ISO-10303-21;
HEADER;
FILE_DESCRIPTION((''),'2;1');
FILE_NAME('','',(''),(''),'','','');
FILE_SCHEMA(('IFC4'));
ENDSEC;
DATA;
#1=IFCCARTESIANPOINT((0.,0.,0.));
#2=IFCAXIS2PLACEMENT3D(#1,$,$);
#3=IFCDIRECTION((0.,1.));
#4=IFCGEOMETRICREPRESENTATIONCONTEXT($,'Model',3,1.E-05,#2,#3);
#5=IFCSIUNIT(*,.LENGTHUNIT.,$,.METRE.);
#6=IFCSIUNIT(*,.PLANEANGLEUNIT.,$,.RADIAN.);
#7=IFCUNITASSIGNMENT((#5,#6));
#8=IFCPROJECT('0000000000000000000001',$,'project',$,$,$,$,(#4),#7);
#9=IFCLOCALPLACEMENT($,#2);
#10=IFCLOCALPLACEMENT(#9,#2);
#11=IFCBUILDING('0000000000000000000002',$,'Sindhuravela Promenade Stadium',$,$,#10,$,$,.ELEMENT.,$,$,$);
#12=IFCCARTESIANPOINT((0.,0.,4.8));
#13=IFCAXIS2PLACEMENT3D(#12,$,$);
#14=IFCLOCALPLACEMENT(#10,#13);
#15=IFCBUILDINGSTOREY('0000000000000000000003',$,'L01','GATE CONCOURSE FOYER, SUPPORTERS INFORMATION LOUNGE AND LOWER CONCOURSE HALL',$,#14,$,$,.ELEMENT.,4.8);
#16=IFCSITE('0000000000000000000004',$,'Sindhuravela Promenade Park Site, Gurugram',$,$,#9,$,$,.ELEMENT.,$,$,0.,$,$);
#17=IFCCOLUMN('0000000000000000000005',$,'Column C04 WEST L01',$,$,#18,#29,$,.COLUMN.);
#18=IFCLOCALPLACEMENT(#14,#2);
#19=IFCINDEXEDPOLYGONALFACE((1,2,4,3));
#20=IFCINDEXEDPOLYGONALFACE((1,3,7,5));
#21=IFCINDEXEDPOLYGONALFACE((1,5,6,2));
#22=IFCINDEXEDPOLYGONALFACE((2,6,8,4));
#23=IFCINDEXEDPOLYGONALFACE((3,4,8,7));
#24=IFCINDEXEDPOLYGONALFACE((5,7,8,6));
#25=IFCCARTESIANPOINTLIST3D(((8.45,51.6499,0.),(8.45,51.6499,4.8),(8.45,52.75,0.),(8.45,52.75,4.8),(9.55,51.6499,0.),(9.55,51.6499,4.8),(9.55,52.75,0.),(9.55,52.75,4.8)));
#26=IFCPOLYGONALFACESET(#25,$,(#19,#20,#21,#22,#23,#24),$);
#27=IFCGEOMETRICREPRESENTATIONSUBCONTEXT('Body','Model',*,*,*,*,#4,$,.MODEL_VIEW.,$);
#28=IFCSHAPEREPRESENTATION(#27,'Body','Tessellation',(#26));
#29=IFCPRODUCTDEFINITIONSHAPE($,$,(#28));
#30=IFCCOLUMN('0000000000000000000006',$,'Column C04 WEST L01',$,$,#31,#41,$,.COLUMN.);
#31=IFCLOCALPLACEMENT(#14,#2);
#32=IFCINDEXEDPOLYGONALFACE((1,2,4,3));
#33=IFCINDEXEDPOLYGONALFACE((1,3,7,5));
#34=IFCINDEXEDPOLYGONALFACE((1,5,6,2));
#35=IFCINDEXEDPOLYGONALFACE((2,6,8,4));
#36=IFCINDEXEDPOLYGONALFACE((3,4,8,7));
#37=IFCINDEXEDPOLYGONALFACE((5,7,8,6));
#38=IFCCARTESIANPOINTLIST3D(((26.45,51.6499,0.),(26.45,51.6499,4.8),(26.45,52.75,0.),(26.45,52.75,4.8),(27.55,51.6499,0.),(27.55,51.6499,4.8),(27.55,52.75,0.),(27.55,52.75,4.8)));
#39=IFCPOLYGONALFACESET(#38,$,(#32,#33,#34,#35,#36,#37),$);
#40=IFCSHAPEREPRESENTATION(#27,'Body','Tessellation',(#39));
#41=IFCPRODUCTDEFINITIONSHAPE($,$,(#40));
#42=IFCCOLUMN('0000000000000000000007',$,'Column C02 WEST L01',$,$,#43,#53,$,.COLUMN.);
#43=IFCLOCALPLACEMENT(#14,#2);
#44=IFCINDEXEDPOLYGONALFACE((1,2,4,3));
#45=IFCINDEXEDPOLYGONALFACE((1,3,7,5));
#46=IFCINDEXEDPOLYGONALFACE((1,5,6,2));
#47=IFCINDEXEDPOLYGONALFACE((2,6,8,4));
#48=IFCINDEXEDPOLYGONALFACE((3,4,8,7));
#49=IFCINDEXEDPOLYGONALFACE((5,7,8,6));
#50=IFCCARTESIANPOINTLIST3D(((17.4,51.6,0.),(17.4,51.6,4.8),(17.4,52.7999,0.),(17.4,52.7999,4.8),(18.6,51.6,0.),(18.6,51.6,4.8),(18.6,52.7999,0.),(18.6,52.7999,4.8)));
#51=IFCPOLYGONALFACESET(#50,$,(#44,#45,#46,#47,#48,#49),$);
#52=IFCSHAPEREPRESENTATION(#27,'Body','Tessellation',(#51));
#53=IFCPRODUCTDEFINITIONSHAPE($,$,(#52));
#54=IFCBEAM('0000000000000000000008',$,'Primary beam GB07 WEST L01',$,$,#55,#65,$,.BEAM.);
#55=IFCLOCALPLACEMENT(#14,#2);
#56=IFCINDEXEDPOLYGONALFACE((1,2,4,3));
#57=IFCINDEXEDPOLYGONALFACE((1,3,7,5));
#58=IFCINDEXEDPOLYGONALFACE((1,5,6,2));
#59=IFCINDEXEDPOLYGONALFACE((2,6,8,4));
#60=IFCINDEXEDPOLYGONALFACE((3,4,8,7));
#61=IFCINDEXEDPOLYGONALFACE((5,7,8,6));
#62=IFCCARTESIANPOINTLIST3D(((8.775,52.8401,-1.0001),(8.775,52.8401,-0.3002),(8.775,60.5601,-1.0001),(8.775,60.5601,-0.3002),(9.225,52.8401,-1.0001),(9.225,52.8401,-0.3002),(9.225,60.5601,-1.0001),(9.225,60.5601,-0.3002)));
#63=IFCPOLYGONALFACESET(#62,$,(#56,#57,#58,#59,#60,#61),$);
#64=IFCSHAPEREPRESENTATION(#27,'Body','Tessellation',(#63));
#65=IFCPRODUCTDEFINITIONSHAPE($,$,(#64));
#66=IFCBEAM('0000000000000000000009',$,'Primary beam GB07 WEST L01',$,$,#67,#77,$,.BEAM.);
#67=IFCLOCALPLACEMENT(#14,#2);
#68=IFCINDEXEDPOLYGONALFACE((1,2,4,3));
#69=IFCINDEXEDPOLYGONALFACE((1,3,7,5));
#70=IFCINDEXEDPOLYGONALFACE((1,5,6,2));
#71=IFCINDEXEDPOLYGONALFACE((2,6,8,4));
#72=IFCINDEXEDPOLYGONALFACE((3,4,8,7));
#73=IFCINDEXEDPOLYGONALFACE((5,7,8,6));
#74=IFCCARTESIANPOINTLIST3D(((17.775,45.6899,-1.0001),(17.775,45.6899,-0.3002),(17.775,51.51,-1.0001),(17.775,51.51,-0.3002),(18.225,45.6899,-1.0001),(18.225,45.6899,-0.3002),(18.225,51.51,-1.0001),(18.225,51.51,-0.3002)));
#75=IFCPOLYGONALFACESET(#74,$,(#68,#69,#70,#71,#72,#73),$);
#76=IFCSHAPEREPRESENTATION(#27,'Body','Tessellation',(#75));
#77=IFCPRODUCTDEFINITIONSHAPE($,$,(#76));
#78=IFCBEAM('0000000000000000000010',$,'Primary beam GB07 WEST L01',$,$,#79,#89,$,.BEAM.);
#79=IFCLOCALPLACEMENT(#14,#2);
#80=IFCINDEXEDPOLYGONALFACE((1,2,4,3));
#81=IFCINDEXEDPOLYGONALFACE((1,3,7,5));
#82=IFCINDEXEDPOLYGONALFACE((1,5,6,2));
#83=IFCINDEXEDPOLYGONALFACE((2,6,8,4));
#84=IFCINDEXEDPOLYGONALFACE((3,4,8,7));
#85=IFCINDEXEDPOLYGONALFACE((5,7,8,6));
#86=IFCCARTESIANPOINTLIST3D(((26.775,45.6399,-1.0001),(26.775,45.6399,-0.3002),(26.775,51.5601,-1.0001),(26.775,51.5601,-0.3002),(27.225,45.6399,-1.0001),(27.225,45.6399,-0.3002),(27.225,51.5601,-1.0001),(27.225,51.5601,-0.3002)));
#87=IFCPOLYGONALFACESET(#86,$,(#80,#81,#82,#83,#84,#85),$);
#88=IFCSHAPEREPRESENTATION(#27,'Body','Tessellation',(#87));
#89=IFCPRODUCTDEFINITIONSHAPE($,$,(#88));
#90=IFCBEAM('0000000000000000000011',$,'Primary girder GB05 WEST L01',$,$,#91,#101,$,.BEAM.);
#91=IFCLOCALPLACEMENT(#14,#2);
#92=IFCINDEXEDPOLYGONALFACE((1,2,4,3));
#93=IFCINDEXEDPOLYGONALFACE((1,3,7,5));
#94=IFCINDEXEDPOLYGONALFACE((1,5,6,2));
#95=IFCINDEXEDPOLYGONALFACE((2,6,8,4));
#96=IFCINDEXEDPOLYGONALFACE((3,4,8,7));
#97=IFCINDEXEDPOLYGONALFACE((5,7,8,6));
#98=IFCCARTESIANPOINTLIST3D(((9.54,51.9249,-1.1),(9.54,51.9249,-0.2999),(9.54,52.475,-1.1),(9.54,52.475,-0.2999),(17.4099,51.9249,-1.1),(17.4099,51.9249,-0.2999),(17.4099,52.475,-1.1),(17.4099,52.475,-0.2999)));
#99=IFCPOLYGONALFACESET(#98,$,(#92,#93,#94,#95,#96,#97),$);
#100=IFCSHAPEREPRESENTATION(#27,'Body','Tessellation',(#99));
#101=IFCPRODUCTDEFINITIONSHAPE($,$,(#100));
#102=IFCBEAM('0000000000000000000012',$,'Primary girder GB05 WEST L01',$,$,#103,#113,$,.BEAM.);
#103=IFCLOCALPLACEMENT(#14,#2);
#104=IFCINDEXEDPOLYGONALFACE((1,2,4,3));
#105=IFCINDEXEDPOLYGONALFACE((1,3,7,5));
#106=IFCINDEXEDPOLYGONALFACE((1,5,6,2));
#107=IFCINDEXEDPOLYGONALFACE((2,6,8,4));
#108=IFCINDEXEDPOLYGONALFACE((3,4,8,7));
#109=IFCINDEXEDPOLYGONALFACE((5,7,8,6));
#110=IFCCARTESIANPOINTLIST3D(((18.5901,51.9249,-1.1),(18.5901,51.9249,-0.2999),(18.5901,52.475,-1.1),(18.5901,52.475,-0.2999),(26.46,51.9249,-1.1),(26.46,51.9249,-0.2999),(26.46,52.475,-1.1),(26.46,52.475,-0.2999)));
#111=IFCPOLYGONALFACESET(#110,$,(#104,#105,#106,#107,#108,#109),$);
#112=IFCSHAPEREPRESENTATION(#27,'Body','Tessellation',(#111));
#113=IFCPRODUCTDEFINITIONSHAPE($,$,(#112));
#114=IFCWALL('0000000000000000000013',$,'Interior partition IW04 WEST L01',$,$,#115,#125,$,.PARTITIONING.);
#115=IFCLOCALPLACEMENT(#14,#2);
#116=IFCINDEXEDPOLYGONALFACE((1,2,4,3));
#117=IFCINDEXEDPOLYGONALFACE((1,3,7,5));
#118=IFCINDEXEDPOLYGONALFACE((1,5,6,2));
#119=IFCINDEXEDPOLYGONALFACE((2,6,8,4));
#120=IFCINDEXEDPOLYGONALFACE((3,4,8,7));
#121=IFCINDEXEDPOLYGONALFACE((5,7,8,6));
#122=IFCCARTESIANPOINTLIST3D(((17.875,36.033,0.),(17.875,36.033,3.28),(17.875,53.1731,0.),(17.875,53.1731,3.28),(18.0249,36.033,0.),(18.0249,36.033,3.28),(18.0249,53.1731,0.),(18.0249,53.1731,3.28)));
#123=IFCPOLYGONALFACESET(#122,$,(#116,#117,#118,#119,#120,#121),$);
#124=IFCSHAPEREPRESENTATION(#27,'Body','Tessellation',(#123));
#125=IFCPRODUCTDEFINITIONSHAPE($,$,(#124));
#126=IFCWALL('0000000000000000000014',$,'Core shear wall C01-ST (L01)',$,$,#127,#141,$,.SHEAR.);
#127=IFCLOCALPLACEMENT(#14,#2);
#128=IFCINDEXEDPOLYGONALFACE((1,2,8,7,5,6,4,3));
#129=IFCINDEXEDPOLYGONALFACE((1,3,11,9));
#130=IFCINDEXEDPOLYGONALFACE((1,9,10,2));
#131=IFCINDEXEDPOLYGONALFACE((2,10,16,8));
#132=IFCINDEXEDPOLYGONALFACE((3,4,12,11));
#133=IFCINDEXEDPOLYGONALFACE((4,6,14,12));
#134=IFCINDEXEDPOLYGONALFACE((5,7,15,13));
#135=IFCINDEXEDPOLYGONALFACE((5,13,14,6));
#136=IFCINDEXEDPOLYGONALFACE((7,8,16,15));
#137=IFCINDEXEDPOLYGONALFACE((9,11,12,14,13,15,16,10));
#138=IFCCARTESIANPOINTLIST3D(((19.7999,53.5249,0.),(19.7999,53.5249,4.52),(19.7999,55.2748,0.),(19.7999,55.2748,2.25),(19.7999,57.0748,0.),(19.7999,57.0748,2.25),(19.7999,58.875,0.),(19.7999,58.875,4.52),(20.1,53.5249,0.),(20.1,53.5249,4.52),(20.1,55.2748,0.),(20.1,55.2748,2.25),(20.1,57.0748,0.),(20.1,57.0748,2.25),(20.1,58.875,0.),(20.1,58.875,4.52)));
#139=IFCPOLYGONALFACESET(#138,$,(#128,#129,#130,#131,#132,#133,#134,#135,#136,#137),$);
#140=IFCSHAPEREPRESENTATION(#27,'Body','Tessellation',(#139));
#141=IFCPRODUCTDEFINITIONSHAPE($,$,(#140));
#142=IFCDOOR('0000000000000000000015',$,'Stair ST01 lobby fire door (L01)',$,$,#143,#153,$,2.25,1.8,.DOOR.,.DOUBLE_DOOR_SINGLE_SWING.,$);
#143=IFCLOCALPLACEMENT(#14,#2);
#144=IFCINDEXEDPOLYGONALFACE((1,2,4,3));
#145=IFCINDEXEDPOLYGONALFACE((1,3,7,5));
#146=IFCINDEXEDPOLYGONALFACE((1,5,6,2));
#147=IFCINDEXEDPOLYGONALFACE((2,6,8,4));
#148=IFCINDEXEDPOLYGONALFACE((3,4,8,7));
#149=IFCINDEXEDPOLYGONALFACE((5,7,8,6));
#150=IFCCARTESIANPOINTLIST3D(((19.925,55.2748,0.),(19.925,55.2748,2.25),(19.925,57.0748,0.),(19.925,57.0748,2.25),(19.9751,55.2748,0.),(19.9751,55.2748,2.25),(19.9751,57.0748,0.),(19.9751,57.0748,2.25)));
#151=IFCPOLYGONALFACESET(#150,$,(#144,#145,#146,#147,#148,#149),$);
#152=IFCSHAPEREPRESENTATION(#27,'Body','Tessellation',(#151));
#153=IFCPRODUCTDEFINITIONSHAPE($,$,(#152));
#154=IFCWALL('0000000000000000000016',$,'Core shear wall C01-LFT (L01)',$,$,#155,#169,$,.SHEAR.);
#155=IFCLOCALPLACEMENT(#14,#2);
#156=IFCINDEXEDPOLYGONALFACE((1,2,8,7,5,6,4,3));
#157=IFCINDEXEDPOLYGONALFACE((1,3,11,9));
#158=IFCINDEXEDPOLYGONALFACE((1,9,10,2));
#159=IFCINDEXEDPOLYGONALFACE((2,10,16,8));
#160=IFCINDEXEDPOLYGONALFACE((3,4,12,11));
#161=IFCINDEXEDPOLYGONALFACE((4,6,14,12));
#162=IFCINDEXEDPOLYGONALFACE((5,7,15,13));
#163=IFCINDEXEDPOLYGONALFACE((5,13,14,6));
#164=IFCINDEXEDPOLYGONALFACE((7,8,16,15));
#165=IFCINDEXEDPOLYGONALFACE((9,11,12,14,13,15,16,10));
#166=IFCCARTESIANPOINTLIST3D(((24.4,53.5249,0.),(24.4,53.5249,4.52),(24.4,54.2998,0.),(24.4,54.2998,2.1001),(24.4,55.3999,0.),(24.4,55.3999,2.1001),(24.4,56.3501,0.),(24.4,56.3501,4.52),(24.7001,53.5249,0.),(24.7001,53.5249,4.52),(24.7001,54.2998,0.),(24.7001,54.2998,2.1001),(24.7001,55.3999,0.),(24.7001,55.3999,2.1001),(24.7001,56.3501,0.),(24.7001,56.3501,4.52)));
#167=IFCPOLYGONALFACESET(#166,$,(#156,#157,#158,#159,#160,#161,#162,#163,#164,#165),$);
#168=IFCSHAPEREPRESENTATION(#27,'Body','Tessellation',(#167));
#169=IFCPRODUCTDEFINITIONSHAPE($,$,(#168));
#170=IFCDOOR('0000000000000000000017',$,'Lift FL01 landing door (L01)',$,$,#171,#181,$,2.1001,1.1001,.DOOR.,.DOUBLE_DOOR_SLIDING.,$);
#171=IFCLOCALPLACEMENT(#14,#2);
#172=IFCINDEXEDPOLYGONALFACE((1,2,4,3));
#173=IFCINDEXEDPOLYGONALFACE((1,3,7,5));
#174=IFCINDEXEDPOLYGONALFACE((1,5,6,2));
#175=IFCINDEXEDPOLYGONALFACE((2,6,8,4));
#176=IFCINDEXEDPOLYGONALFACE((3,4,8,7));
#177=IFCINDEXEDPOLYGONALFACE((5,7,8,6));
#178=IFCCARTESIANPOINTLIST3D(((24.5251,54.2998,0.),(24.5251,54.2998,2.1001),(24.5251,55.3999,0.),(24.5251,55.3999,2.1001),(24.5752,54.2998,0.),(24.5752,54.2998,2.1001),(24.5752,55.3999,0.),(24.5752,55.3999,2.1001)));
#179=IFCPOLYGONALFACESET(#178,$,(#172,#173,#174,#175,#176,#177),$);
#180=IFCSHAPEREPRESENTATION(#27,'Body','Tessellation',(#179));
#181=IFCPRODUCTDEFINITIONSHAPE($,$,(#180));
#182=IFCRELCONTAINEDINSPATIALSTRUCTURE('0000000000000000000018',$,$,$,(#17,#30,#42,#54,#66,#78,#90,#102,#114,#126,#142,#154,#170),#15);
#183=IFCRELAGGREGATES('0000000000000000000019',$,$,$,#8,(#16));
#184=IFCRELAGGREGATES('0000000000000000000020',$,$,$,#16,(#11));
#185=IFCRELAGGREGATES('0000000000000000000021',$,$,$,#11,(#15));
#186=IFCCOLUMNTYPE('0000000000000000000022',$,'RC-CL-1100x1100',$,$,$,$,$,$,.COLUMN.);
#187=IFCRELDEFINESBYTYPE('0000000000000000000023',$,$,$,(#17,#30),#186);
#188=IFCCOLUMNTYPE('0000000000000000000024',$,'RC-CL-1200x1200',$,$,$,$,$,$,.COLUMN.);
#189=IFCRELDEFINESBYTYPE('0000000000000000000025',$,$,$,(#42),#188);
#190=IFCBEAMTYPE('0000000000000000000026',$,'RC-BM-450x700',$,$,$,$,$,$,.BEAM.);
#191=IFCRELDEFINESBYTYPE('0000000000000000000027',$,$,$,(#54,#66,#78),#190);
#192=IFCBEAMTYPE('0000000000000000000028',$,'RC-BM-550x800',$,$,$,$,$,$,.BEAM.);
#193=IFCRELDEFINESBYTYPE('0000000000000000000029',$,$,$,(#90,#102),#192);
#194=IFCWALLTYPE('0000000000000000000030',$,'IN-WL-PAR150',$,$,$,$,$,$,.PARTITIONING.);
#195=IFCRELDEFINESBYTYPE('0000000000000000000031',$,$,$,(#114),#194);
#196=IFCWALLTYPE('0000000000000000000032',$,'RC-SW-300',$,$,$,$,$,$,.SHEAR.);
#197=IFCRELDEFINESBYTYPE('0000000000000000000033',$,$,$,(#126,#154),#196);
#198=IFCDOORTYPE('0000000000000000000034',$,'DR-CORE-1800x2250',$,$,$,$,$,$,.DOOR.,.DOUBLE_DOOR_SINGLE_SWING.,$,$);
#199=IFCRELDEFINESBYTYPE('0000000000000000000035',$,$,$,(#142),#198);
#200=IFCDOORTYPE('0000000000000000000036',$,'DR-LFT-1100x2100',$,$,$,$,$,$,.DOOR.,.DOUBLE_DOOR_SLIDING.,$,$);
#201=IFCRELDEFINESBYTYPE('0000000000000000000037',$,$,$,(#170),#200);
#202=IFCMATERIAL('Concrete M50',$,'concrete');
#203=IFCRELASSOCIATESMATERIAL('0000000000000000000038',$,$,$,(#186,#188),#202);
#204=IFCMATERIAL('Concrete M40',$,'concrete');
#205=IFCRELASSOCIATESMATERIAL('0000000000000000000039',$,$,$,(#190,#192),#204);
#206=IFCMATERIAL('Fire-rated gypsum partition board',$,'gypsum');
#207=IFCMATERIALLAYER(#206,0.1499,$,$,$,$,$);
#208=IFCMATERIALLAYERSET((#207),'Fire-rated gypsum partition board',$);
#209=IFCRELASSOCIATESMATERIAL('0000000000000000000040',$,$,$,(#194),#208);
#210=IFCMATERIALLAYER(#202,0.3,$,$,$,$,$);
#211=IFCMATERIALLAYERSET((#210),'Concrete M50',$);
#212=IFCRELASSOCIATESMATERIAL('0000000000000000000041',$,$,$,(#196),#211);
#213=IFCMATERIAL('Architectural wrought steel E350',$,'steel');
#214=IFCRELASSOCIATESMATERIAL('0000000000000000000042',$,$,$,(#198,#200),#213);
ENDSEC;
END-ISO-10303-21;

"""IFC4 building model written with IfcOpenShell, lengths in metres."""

from ifc_helpers import new_model, si_unit, direction, frame, frame_2d, origin, origin_2d, place, context, subcontext, project, spatial, rectangle, extrude, material, layer, layer_set, material_profile, profile_set, type_object, element, fill, save


model = new_model("IFC4")

# Units and contexts
model_context = context("Model", 3, precision=1e-05, world=origin(), true_north=direction((0.0, 1.0)))
body_context = subcontext(model_context, "Body", "Model", "MODEL_VIEW")
ifc_project = project(units=[si_unit("LENGTHUNIT", "METRE"), si_unit("PLANEANGLEUNIT", "RADIAN")], contexts=[model_context])

# Site, building, storey
site_placement = place(None, origin())
site = spatial("IfcSite", under=ifc_project, at=site_placement, Name="Sindhuravela Promenade Park Site, Gurugram", CompositionType="ELEMENT", RefElevation=0.0)
building_placement = place(site_placement, origin())
building = spatial("IfcBuilding", under=site, at=building_placement, Name="Sindhuravela Promenade Stadium", CompositionType="ELEMENT")
storey_placement = place(building_placement, frame((0.0, 0.0, 4.8)))
storey = spatial("IfcBuildingStorey", under=building, at=storey_placement, Name="L01", Description="GATE CONCOURSE FOYER, SUPPORTERS INFORMATION LOUNGE AND LOWER CONCOURSE HALL", CompositionType="ELEMENT", Elevation=4.8)

# Columns
ifc_material_1 = material(Name="Concrete M50", Category="concrete")
ifc_material_profile_1 = material_profile(ifc_material_1, rectangle(XDim=1.1001, YDim=1.1001, at=origin_2d()), Name="RC 1100x1100")
ifc_profile_set_1 = profile_set([ifc_material_profile_1], Name="Concrete M50")
column_type_1 = type_object("IfcColumnType", Name="RC-CL-1100x1100", PredefinedType="COLUMN", material=ifc_profile_set_1)
for number, where, z_axis, x_axis, name in (
    (1, (9.0, 52.2, 0.0), (0.0, 0.0, 1.0), (1.0, 0.0, 0.0), "Column C04 WEST L01"),
    (2, (27.0, 52.2, 0.0), (0.0, 0.0, 1.0), (1.0, 0.0, 0.0), "Column C04 WEST L01"),
):
    element("IfcColumn", number, at=place(storey_placement, frame(where, z_axis=z_axis, x_axis=x_axis)), inside=storey, type_object=column_type_1, Name=name, PredefinedType="COLUMN", context=body_context, shape_type="SweptSolid", body=[
        extrude(rectangle(XDim=1.1001, YDim=1.1001, at=origin_2d()), origin(), (0.0, 0.0, 1.0), 4.8),
    ])
ifc_material_profile_2 = material_profile(ifc_material_1, rectangle(XDim=1.2, YDim=1.2, at=origin_2d()), Name="RC 1200x1200")
ifc_profile_set_2 = profile_set([ifc_material_profile_2], Name="Concrete M50")
column_type_2 = type_object("IfcColumnType", Name="RC-CL-1200x1200", PredefinedType="COLUMN", material=ifc_profile_set_2)
column_placement = place(storey_placement, frame((18.0, 52.2, 0.0), z_axis=(0.0, 0.0, 1.0), x_axis=(1.0, 0.0, 0.0)))
element("IfcColumn", 3, at=column_placement, inside=storey, type_object=column_type_2, Name="Column C02 WEST L01", PredefinedType="COLUMN", context=body_context, shape_type="SweptSolid", body=[
    extrude(rectangle(XDim=1.2, YDim=1.2, at=origin_2d()), origin(), (0.0, 0.0, 1.0), 4.8),
])

# Beams
ifc_material_2 = material(Name="Concrete M40", Category="concrete")
ifc_material_profile_3 = material_profile(ifc_material_2, rectangle(XDim=0.45, YDim=0.7, at=origin_2d()), Name="RC 450x700")
ifc_profile_set_3 = profile_set([ifc_material_profile_3], Name="Concrete M40")
beam_type_1 = type_object("IfcBeamType", Name="RC-BM-450x700", PredefinedType="BEAM", material=ifc_profile_set_3)
beam_1_placement = place(storey_placement, frame((9.0, 52.8401, -0.6501), z_axis=(0.0, 1.0, 0.0), x_axis=(-1.0, 0.0, 0.0)))
element("IfcBeam", 4, at=beam_1_placement, inside=storey, type_object=beam_type_1, Name="Primary beam GB07 WEST L01", PredefinedType="BEAM", context=body_context, shape_type="SweptSolid", body=[
    extrude(rectangle(XDim=0.45, YDim=0.7, at=origin_2d()), origin(), (0.0, 0.0, 1.0), 7.72),
])
beam_2_placement = place(storey_placement, frame((18.0, 45.6899, -0.6501), z_axis=(0.0, 1.0, 0.0), x_axis=(-1.0, 0.0, 0.0)))
element("IfcBeam", 5, at=beam_2_placement, inside=storey, type_object=beam_type_1, Name="Primary beam GB07 WEST L01", PredefinedType="BEAM", context=body_context, shape_type="SweptSolid", body=[
    extrude(rectangle(XDim=0.45, YDim=0.7, at=origin_2d()), origin(), (0.0, 0.0, 1.0), 5.8201),
])
beam_3_placement = place(storey_placement, frame((27.0, 45.6399, -0.6501), z_axis=(0.0, 1.0, 0.0), x_axis=(-1.0, 0.0, 0.0)))
element("IfcBeam", 6, at=beam_3_placement, inside=storey, type_object=beam_type_1, Name="Primary beam GB07 WEST L01", PredefinedType="BEAM", context=body_context, shape_type="SweptSolid", body=[
    extrude(rectangle(XDim=0.45, YDim=0.7, at=origin_2d()), origin(), (0.0, 0.0, 1.0), 5.9202),
])
ifc_material_profile_4 = material_profile(ifc_material_2, rectangle(XDim=0.55, YDim=0.8, at=origin_2d()), Name="RC 550x800")
ifc_profile_set_4 = profile_set([ifc_material_profile_4], Name="Concrete M40")
beam_type_2 = type_object("IfcBeamType", Name="RC-BM-550x800", PredefinedType="BEAM", material=ifc_profile_set_4)
for number, where, z_axis, x_axis, name in (
    (7, (9.54, 52.2, -0.7), (1.0, 0.0, 0.0), (0.0, 1.0, 0.0), "Primary girder GB05 WEST L01"),
    (8, (18.5901, 52.2, -0.7), (1.0, 0.0, 0.0), (0.0, 1.0, 0.0), "Primary girder GB05 WEST L01"),
):
    element("IfcBeam", number, at=place(storey_placement, frame(where, z_axis=z_axis, x_axis=x_axis)), inside=storey, type_object=beam_type_2, Name=name, PredefinedType="BEAM", context=body_context, shape_type="SweptSolid", body=[
        extrude(rectangle(XDim=0.55, YDim=0.8, at=origin_2d()), origin(), (0.0, 0.0, 1.0), 7.8699),
    ])

# Wall
ifc_material_3 = material(Name="Fire-rated gypsum partition board", Category="gypsum")
ifc_layer_1 = layer(ifc_material_3, 0.1499)
ifc_layer_set_1 = layer_set([ifc_layer_1], Name="Fire-rated gypsum partition board")
wall_type_1 = type_object("IfcWallType", Name="IN-WL-PAR150", PredefinedType="PARTITIONING", material=ifc_layer_set_1)
wall_1_placement = place(storey_placement, frame((17.95, 53.1731, 0.0), z_axis=(0.0, 0.0, 1.0), x_axis=(0.0, -1.0, 0.0)))
element("IfcWall", 9, at=wall_1_placement, inside=storey, type_object=wall_type_1, Name="Interior partition IW04 WEST L01", PredefinedType="PARTITIONING", context=body_context, shape_type="SweptSolid", body=[
    extrude(rectangle(XDim=17.1401, YDim=0.1499, at=frame_2d((8.5701, 0.0))), origin(), (0.0, 0.0, 1.0), 3.28),
])

# Walls, openings, doors
ifc_layer_2 = layer(ifc_material_1, 0.3)
ifc_layer_set_2 = layer_set([ifc_layer_2], Name="Concrete M50")
wall_type_2 = type_object("IfcWallType", Name="RC-SW-300", PredefinedType="SHEAR", material=ifc_layer_set_2)
wall_2_placement = place(storey_placement, frame((19.95, 53.5249, 0.0), z_axis=(0.0, 0.0, 1.0), x_axis=(0.0, 1.0, 0.0)))
wall_2 = element("IfcWall", 10, at=wall_2_placement, inside=storey, type_object=wall_type_2, Name="Core shear wall C01-ST (L01)", PredefinedType="SHEAR", context=body_context, shape_type="SweptSolid", body=[
    extrude(rectangle(XDim=5.3501, YDim=0.3, at=frame_2d((2.675, 0.0))), origin(), (0.0, 0.0, 1.0), 4.52),
])
opening_1_placement = place(wall_2_placement, frame((1.75, 0.0, 0.0)))
opening_1 = element("IfcOpeningElement", 11, at=opening_1_placement, cuts=wall_2, PredefinedType="OPENING", context=body_context, shape_type="SweptSolid", body=[
    extrude(rectangle(XDim=1.8, YDim=2.25, at=frame_2d((0.8999, 1.125))), frame((0.0, 0.1599, 0.0), z_axis=(0.0, -1.0, 0.0), x_axis=(1.0, 0.0, 0.0)), (0.0, 0.0, 1.0), 0.3201),
])
ifc_material_4 = material(Name="Architectural wrought steel E350", Category="steel")
door_type_1 = type_object("IfcDoorType", Name="DR-CORE-1800x2250", OperationType="DOUBLE_DOOR_SINGLE_SWING", PredefinedType="DOOR", material=ifc_material_4)
door_1_placement = place(opening_1_placement, origin())
door_1 = element("IfcDoor", 12, at=door_1_placement, inside=storey, type_object=door_type_1, Name="Stair ST01 lobby fire door (L01)", OperationType="DOUBLE_DOOR_SINGLE_SWING", OverallHeight=2.25, OverallWidth=1.8, PredefinedType="DOOR", context=body_context, shape_type="SweptSolid", body=[
    extrude(rectangle(XDim=1.8, YDim=2.25, at=frame_2d((0.8999, 1.125))), frame((0.0, 0.0249, 0.0), z_axis=(0.0, -1.0, 0.0), x_axis=(1.0, 0.0, 0.0)), (0.0, 0.0, 1.0), 0.05),
])
fill(opening_1, door_1)
wall_3_placement = place(storey_placement, frame((24.55, 53.5249, 0.0), z_axis=(0.0, 0.0, 1.0), x_axis=(0.0, 1.0, 0.0)))
wall_3 = element("IfcWall", 13, at=wall_3_placement, inside=storey, type_object=wall_type_2, Name="Core shear wall C01-LFT (L01)", PredefinedType="SHEAR", context=body_context, shape_type="SweptSolid", body=[
    extrude(rectangle(XDim=2.8252, YDim=0.3, at=frame_2d((1.4126, 0.0))), origin(), (0.0, 0.0, 1.0), 4.52),
])
opening_2_placement = place(wall_3_placement, frame((0.7749, 0.0, 0.0)))
opening_2 = element("IfcOpeningElement", 14, at=opening_2_placement, cuts=wall_3, PredefinedType="OPENING", context=body_context, shape_type="SweptSolid", body=[
    extrude(rectangle(XDim=1.1001, YDim=2.1001, at=frame_2d((0.55, 1.05))), frame((0.0, 0.1599, 0.0), z_axis=(0.0, -1.0, 0.0), x_axis=(1.0, 0.0, 0.0)), (0.0, 0.0, 1.0), 0.3201),
])
door_type_2 = type_object("IfcDoorType", Name="DR-LFT-1100x2100", OperationType="DOUBLE_DOOR_SLIDING", PredefinedType="DOOR", material=ifc_material_4)
door_2_placement = place(opening_2_placement, origin())
door_2 = element("IfcDoor", 15, at=door_2_placement, inside=storey, type_object=door_type_2, Name="Lift FL01 landing door (L01)", OperationType="DOUBLE_DOOR_SLIDING", OverallHeight=2.1001, OverallWidth=1.1001, PredefinedType="DOOR", context=body_context, shape_type="SweptSolid", body=[
    extrude(rectangle(XDim=1.1001, YDim=2.1001, at=frame_2d((0.55, 1.05))), frame((0.0, 0.0249, 0.0), z_axis=(0.0, -1.0, 0.0), x_axis=(1.0, 0.0, 0.0)), (0.0, 0.0, 1.0), 0.05),
])
fill(opening_2, door_2)

save(model, "model.ifc")
